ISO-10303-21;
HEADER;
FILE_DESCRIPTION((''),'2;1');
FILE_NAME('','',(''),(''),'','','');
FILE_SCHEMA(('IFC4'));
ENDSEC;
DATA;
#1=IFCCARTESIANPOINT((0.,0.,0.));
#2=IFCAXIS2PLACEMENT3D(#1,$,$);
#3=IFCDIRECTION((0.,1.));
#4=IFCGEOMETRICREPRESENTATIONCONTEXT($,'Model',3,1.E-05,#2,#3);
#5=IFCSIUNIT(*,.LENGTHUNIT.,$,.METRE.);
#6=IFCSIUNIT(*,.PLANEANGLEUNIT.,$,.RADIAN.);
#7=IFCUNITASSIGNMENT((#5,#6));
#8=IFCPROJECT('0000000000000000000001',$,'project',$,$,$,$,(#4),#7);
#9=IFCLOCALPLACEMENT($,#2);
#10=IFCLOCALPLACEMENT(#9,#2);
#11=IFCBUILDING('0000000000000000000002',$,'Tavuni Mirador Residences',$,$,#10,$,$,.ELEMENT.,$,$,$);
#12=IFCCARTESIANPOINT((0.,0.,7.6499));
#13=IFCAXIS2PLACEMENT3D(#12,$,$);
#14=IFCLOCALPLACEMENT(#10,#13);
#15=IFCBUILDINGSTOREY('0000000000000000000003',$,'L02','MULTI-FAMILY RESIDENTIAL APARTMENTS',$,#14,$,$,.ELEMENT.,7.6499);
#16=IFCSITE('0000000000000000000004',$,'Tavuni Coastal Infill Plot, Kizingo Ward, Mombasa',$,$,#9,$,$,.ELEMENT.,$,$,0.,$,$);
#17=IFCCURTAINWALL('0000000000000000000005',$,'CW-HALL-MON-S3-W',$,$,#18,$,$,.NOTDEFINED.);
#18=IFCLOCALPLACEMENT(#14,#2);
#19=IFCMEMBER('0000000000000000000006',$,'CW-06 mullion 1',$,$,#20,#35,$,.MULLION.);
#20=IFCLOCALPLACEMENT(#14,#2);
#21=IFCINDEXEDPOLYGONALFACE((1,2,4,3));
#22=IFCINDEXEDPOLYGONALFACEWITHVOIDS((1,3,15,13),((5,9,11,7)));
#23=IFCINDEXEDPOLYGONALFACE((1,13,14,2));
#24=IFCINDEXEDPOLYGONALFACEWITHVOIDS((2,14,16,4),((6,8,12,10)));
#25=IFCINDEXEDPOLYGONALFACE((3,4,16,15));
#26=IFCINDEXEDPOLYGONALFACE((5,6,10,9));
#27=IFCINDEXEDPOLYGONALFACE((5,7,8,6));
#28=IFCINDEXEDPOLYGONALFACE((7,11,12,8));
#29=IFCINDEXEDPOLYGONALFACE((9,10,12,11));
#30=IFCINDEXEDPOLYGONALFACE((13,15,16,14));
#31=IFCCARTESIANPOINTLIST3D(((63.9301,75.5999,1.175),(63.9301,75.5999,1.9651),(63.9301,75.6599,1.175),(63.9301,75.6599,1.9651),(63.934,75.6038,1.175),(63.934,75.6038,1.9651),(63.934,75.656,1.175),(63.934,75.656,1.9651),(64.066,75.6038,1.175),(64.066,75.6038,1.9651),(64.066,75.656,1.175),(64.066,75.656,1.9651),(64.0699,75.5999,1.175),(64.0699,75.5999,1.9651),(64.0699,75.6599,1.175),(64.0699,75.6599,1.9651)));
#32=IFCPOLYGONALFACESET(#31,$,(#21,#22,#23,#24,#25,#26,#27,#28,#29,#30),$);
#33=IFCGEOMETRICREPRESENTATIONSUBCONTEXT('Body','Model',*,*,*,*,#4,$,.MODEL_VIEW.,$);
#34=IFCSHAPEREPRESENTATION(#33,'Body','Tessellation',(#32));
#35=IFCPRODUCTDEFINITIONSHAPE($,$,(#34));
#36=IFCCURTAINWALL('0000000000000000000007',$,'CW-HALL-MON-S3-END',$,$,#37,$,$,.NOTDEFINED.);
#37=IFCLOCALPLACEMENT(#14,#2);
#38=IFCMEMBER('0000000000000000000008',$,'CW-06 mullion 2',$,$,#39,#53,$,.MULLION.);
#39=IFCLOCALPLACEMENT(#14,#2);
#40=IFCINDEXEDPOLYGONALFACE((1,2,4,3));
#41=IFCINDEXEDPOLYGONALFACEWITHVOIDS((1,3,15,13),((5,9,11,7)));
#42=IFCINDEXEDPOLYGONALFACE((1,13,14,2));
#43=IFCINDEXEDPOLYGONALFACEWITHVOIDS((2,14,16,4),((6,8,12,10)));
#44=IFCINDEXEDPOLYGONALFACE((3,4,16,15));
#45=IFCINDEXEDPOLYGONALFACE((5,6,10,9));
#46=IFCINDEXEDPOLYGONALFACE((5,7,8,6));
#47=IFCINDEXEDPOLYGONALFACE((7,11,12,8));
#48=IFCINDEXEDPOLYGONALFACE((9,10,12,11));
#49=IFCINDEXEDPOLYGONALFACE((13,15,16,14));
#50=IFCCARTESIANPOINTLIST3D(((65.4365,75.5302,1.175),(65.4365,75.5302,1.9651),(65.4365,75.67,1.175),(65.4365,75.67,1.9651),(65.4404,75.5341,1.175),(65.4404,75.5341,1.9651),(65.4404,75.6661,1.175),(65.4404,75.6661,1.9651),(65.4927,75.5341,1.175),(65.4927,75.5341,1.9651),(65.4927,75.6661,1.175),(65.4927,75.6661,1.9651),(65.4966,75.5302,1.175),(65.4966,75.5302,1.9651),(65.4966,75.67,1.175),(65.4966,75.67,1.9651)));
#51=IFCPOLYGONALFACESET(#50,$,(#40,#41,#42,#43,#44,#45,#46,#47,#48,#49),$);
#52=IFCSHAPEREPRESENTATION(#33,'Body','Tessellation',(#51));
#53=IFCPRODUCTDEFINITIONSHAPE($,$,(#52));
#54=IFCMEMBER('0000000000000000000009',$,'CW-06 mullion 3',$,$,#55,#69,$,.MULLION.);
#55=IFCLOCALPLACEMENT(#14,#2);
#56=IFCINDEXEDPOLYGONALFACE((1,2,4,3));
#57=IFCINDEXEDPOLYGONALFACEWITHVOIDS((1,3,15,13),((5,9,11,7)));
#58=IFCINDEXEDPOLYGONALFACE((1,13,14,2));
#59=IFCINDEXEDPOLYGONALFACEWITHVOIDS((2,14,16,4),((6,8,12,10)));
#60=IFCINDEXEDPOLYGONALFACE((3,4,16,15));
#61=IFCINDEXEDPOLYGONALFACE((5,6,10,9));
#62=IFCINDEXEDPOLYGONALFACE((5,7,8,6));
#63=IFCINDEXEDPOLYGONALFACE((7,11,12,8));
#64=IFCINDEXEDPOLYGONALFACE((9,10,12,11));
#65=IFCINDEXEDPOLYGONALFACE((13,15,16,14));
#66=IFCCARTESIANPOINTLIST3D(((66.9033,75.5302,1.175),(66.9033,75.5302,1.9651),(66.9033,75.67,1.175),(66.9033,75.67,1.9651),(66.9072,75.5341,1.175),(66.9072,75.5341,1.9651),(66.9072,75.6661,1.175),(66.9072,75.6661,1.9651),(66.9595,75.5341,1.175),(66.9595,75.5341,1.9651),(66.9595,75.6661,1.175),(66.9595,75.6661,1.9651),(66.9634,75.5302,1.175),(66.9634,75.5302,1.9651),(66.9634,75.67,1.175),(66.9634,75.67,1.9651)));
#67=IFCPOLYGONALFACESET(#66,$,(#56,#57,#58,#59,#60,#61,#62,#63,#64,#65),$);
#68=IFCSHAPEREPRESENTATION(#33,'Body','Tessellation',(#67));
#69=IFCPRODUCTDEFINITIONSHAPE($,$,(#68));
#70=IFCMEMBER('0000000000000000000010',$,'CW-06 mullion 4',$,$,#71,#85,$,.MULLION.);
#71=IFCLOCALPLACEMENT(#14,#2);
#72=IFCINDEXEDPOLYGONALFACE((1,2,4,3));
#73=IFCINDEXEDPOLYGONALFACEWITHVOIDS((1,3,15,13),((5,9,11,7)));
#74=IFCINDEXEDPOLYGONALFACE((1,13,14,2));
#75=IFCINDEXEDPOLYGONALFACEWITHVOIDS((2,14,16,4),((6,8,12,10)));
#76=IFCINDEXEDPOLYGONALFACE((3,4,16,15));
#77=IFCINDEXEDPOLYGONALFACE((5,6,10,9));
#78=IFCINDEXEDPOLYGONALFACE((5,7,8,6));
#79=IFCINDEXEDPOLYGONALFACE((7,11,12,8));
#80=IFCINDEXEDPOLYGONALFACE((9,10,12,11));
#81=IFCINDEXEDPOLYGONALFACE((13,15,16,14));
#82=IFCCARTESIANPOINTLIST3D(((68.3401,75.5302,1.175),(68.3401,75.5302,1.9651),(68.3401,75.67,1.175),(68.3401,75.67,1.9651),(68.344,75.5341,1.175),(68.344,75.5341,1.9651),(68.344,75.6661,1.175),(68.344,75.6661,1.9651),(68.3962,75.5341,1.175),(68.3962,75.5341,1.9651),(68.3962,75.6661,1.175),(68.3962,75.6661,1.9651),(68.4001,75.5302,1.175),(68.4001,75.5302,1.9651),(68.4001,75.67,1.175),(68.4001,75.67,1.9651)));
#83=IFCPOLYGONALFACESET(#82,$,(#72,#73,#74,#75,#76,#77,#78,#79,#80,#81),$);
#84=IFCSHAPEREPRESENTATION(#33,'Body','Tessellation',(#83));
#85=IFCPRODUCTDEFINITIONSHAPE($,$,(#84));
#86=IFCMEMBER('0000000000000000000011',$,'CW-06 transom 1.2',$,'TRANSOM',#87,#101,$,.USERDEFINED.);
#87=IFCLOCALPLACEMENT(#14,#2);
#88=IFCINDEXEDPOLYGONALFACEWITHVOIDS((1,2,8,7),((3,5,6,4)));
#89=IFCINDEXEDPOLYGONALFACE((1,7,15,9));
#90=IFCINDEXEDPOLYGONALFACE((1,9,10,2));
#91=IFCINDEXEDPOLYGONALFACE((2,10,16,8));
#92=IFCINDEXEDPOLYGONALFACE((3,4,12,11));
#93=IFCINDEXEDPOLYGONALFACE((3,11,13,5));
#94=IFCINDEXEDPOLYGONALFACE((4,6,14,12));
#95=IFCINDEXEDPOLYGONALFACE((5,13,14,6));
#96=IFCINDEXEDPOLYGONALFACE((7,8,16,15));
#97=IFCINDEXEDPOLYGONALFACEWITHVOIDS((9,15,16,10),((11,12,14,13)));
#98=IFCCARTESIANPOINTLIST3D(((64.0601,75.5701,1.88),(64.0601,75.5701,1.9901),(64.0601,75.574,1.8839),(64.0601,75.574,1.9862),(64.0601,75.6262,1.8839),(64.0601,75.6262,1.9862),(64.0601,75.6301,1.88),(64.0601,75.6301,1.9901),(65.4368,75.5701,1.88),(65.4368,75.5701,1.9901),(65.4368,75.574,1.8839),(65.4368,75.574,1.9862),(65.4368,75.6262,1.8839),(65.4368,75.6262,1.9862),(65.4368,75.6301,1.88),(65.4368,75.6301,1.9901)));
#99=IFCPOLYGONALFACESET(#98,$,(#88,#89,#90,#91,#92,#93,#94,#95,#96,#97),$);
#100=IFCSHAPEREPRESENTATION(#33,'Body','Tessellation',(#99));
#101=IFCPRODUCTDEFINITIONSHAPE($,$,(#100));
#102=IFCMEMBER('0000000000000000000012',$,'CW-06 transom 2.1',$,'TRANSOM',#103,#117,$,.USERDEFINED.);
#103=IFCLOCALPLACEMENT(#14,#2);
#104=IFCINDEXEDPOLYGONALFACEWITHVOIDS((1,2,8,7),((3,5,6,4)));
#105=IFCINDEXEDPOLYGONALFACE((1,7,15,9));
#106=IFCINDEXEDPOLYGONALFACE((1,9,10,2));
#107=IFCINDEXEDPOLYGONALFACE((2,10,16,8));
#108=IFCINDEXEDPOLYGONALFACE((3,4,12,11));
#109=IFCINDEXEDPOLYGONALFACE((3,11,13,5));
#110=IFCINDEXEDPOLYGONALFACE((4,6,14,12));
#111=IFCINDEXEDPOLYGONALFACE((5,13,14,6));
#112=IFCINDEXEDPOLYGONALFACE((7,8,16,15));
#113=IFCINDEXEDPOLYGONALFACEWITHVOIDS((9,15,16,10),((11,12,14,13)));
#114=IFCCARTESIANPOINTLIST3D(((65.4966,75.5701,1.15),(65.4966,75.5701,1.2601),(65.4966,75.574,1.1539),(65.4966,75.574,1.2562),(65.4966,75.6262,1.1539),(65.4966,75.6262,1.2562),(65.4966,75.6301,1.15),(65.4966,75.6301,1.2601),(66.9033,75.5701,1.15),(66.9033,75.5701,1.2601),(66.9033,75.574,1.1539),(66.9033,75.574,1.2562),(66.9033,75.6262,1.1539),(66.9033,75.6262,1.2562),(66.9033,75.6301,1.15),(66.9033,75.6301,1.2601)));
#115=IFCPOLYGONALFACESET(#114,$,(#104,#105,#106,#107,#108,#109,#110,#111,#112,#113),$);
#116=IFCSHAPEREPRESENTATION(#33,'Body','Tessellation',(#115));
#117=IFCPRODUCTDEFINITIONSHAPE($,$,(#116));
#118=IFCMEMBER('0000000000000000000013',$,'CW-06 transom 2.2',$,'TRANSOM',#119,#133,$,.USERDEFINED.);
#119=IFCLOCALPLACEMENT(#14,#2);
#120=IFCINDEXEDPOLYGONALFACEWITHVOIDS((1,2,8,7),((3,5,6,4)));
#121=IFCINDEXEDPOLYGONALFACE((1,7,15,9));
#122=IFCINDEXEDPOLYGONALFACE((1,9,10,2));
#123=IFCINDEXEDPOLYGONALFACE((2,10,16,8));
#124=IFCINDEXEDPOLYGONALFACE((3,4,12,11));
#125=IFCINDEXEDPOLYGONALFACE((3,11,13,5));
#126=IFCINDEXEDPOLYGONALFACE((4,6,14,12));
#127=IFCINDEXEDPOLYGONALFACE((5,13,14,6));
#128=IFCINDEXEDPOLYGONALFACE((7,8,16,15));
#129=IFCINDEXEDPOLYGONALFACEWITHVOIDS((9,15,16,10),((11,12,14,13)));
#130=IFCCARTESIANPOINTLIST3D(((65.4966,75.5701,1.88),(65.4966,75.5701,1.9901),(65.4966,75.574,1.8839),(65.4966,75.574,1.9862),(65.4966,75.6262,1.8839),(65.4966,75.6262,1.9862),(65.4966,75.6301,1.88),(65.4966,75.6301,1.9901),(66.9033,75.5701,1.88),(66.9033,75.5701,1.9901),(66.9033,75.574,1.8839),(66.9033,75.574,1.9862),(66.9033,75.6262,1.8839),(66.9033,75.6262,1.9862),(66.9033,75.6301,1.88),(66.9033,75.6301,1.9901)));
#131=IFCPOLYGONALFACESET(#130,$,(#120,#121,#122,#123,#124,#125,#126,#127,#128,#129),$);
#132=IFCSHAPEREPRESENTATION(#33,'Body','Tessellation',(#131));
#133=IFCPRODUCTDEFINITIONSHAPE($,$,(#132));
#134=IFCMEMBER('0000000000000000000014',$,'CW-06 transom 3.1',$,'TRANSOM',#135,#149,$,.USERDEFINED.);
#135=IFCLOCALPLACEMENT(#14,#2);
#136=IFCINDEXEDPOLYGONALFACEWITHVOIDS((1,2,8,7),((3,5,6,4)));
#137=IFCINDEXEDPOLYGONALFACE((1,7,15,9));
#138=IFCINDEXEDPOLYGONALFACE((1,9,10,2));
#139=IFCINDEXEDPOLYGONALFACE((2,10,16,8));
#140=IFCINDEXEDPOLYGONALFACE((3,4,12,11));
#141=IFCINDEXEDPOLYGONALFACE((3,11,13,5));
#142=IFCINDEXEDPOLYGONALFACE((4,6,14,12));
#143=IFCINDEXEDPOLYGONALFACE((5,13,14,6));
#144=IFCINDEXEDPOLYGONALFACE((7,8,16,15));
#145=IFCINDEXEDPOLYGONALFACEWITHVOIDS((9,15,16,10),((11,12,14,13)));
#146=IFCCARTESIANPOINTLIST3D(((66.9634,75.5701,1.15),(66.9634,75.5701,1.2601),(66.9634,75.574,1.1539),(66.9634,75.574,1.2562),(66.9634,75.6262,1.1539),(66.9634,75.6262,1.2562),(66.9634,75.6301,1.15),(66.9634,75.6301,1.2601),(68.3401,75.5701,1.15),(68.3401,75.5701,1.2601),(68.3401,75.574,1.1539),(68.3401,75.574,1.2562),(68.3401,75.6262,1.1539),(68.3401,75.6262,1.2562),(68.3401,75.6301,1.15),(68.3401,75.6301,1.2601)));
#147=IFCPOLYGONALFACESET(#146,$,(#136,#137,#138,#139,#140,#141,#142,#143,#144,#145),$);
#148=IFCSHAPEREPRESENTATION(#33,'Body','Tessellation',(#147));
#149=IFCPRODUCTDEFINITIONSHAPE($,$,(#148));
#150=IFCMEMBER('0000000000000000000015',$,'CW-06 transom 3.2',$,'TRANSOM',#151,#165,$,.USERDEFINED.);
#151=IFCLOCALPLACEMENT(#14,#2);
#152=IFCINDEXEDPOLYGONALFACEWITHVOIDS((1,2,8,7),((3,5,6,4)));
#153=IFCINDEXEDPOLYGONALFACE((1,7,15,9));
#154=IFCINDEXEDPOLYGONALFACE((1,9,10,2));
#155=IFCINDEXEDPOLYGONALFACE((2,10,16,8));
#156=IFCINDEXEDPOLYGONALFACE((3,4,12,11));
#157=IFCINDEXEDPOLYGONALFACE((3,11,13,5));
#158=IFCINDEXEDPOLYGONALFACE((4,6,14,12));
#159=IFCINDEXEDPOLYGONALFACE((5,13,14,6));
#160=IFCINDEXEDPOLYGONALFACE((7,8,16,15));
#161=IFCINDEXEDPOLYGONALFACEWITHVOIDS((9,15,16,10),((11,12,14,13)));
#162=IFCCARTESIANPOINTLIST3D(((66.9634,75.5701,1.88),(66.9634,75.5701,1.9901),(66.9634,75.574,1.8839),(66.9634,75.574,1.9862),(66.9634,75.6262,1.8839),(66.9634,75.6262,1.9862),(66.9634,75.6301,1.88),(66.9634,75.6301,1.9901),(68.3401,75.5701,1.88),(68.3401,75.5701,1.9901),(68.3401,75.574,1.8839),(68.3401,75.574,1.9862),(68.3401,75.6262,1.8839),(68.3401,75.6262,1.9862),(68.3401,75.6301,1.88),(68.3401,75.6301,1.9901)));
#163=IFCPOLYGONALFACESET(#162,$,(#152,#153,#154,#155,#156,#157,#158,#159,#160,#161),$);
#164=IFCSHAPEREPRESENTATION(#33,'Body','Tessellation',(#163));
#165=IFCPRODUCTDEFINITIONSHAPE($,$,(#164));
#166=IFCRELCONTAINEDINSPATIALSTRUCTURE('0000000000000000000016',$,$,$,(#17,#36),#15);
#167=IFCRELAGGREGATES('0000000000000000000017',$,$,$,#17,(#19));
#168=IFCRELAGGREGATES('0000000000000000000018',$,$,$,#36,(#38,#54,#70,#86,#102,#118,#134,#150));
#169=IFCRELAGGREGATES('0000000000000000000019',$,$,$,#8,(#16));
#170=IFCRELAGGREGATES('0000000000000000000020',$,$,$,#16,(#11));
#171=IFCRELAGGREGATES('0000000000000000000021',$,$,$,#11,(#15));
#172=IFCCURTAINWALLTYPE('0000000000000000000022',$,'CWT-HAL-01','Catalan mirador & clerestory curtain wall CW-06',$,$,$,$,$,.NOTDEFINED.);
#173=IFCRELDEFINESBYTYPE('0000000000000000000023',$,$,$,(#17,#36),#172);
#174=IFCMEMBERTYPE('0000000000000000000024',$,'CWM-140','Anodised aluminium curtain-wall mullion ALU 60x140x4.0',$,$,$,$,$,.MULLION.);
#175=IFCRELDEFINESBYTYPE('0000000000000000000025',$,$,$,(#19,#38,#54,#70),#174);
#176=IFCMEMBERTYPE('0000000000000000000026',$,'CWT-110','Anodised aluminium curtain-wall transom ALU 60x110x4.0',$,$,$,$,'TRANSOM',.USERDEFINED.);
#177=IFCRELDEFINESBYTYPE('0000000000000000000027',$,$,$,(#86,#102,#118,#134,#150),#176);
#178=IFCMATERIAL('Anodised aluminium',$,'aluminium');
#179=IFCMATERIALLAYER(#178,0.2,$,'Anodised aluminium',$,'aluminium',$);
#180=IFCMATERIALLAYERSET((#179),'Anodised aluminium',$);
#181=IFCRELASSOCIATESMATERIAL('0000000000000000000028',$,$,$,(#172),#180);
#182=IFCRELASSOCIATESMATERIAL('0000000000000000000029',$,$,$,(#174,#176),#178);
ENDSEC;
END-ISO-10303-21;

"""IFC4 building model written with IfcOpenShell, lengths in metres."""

from ifc_helpers import new_model, si_unit, direction, frame, origin, origin_2d, place, context, subcontext, project, spatial, hollow_rectangle, extrude, material, layer, layer_set, material_profile, profile_set, type_object, element, aggregate, save


model = new_model("IFC4")

# Units and contexts
model_context = context("Model", 3, precision=1e-05, world=origin(), true_north=direction((0.0, 1.0)))
body_context = subcontext(model_context, "Body", "Model", "MODEL_VIEW")
ifc_project = project(units=[si_unit("LENGTHUNIT", "METRE"), si_unit("PLANEANGLEUNIT", "RADIAN")], contexts=[model_context])

# Site, building, storey
site_placement = place(None, origin())
site = spatial("IfcSite", under=ifc_project, at=site_placement, Name="Tavuni Coastal Infill Plot, Kizingo Ward, Mombasa", CompositionType="ELEMENT", RefElevation=0.0)
building_placement = place(site_placement, origin())
building = spatial("IfcBuilding", under=site, at=building_placement, Name="Tavuni Mirador Residences", CompositionType="ELEMENT")
storey_placement = place(building_placement, frame((0.0, 0.0, 7.6499)))
storey = spatial("IfcBuildingStorey", under=building, at=storey_placement, Name="L02", Description="MULTI-FAMILY RESIDENTIAL APARTMENTS", CompositionType="ELEMENT", Elevation=7.6499)

# Curtain wall, member
ifc_material_1 = material(Name="Anodised aluminium", Category="aluminium")
ifc_layer_1 = layer(ifc_material_1, 0.2, Name="Anodised aluminium", Category="aluminium")
ifc_layer_set_1 = layer_set([ifc_layer_1], Name="Anodised aluminium")
curtain_wall_type = type_object("IfcCurtainWallType", Name="CWT-HAL-01", Description="Catalan mirador & clerestory curtain wall CW-06", PredefinedType="NOTDEFINED", material=ifc_layer_set_1)
curtain_wall_1_placement = place(storey_placement, origin())
curtain_wall_1 = element("IfcCurtainWall", 1, at=curtain_wall_1_placement, inside=storey, type_object=curtain_wall_type, Name="CW-HALL-MON-S3-W", PredefinedType="NOTDEFINED")
ifc_material_profile_1 = material_profile(ifc_material_1, hollow_rectangle(XDim=0.0601, YDim=0.1399, WallThickness=0.0039, at=origin_2d()), Name="ALU 60x140x4.0", Category="aluminium")
ifc_profile_set_1 = profile_set([ifc_material_profile_1], Name="Anodised aluminium")
member_type_1 = type_object("IfcMemberType", Name="CWM-140", Description="Anodised aluminium curtain-wall mullion ALU 60x140x4.0", PredefinedType="MULLION", material=ifc_profile_set_1)
member_1_placement = place(storey_placement, frame((64.0, 75.6299, 1.175), z_axis=(0.0, 0.0, 1.0), x_axis=(0.0, 1.0, 0.0)))
member_1 = element("IfcMember", 2, at=member_1_placement, type_object=member_type_1, Name="CW-06 mullion 1", PredefinedType="MULLION", context=body_context, shape_type="SweptSolid", body=[
    extrude(hollow_rectangle(XDim=0.0601, YDim=0.1399, WallThickness=0.0039, at=origin_2d()), origin(), (0.0, 0.0, 1.0), 0.79),
])
aggregate(curtain_wall_1, [member_1])

# Curtain wall, members
curtain_wall_2_placement = place(storey_placement, origin())
curtain_wall_2 = element("IfcCurtainWall", 3, at=curtain_wall_2_placement, inside=storey, type_object=curtain_wall_type, Name="CW-HALL-MON-S3-END", PredefinedType="NOTDEFINED")
member_2_placement = place(storey_placement, frame((65.4666, 75.6001, 1.175), z_axis=(0.0, 0.0, 1.0), x_axis=(1.0, 0.0, 0.0)))
member_2 = element("IfcMember", 4, at=member_2_placement, type_object=member_type_1, Name="CW-06 mullion 2", PredefinedType="MULLION", context=body_context, shape_type="SweptSolid", body=[
    extrude(hollow_rectangle(XDim=0.0601, YDim=0.1399, WallThickness=0.0039, at=origin_2d()), origin(), (0.0, 0.0, 1.0), 0.79),
])
member_3_placement = place(storey_placement, frame((66.9333, 75.6001, 1.175), z_axis=(0.0, 0.0, 1.0), x_axis=(1.0, 0.0, 0.0)))
member_3 = element("IfcMember", 5, at=member_3_placement, type_object=member_type_1, Name="CW-06 mullion 3", PredefinedType="MULLION", context=body_context, shape_type="SweptSolid", body=[
    extrude(hollow_rectangle(XDim=0.0601, YDim=0.1399, WallThickness=0.0039, at=origin_2d()), origin(), (0.0, 0.0, 1.0), 0.79),
])
member_4_placement = place(storey_placement, frame((68.3701, 75.6001, 1.175), z_axis=(0.0, 0.0, 1.0), x_axis=(1.0, 0.0, 0.0)))
member_4 = element("IfcMember", 6, at=member_4_placement, type_object=member_type_1, Name="CW-06 mullion 4", PredefinedType="MULLION", context=body_context, shape_type="SweptSolid", body=[
    extrude(hollow_rectangle(XDim=0.0601, YDim=0.1399, WallThickness=0.0039, at=origin_2d()), origin(), (0.0, 0.0, 1.0), 0.79),
])
ifc_material_profile_2 = material_profile(ifc_material_1, hollow_rectangle(XDim=0.0601, YDim=0.1101, WallThickness=0.0039, at=origin_2d()), Name="ALU 60x110x4.0", Category="aluminium")
ifc_profile_set_2 = profile_set([ifc_material_profile_2], Name="Anodised aluminium")
member_type_2 = type_object("IfcMemberType", Name="CWT-110", Description="Anodised aluminium curtain-wall transom ALU 60x110x4.0", ElementType="TRANSOM", PredefinedType="USERDEFINED", material=ifc_profile_set_2)
member_5_placement = place(storey_placement, frame((64.0601, 75.6001, 1.9351), z_axis=(1.0, 0.0, 0.0), x_axis=(0.0, 1.0, 0.0)))
member_5 = element("IfcMember", 7, at=member_5_placement, type_object=member_type_2, Name="CW-06 transom 1.2", ObjectType="TRANSOM", PredefinedType="USERDEFINED", context=body_context, shape_type="SweptSolid", body=[
    extrude(hollow_rectangle(XDim=0.0601, YDim=0.1101, WallThickness=0.0039, at=origin_2d()), origin(), (0.0, 0.0, 1.0), 1.3767),
])
member_6_placement = place(storey_placement, frame((65.4966, 75.6001, 1.2051), z_axis=(1.0, 0.0, 0.0), x_axis=(0.0, 1.0, 0.0)))
member_6 = element("IfcMember", 8, at=member_6_placement, type_object=member_type_2, Name="CW-06 transom 2.1", ObjectType="TRANSOM", PredefinedType="USERDEFINED", context=body_context, shape_type="SweptSolid", body=[
    extrude(hollow_rectangle(XDim=0.0601, YDim=0.1101, WallThickness=0.0039, at=origin_2d()), origin(), (0.0, 0.0, 1.0), 1.4067),
])
member_7_placement = place(storey_placement, frame((65.4966, 75.6001, 1.9351), z_axis=(1.0, 0.0, 0.0), x_axis=(0.0, 1.0, 0.0)))
member_7 = element("IfcMember", 9, at=member_7_placement, type_object=member_type_2, Name="CW-06 transom 2.2", ObjectType="TRANSOM", PredefinedType="USERDEFINED", context=body_context, shape_type="SweptSolid", body=[
    extrude(hollow_rectangle(XDim=0.0601, YDim=0.1101, WallThickness=0.0039, at=origin_2d()), origin(), (0.0, 0.0, 1.0), 1.4067),
])
member_8_placement = place(storey_placement, frame((66.9634, 75.6001, 1.2051), z_axis=(1.0, 0.0, 0.0), x_axis=(0.0, 1.0, 0.0)))
member_8 = element("IfcMember", 10, at=member_8_placement, type_object=member_type_2, Name="CW-06 transom 3.1", ObjectType="TRANSOM", PredefinedType="USERDEFINED", context=body_context, shape_type="SweptSolid", body=[
    extrude(hollow_rectangle(XDim=0.0601, YDim=0.1101, WallThickness=0.0039, at=origin_2d()), origin(), (0.0, 0.0, 1.0), 1.3767),
])
member_9_placement = place(storey_placement, frame((66.9634, 75.6001, 1.9351), z_axis=(1.0, 0.0, 0.0), x_axis=(0.0, 1.0, 0.0)))
member_9 = element("IfcMember", 11, at=member_9_placement, type_object=member_type_2, Name="CW-06 transom 3.2", ObjectType="TRANSOM", PredefinedType="USERDEFINED", context=body_context, shape_type="SweptSolid", body=[
    extrude(hollow_rectangle(XDim=0.0601, YDim=0.1101, WallThickness=0.0039, at=origin_2d()), origin(), (0.0, 0.0, 1.0), 1.3767),
])

aggregate(curtain_wall_2, [member_2, member_3, member_4, member_5, member_6, member_7, member_8, member_9])

save(model, "model.ifc")
